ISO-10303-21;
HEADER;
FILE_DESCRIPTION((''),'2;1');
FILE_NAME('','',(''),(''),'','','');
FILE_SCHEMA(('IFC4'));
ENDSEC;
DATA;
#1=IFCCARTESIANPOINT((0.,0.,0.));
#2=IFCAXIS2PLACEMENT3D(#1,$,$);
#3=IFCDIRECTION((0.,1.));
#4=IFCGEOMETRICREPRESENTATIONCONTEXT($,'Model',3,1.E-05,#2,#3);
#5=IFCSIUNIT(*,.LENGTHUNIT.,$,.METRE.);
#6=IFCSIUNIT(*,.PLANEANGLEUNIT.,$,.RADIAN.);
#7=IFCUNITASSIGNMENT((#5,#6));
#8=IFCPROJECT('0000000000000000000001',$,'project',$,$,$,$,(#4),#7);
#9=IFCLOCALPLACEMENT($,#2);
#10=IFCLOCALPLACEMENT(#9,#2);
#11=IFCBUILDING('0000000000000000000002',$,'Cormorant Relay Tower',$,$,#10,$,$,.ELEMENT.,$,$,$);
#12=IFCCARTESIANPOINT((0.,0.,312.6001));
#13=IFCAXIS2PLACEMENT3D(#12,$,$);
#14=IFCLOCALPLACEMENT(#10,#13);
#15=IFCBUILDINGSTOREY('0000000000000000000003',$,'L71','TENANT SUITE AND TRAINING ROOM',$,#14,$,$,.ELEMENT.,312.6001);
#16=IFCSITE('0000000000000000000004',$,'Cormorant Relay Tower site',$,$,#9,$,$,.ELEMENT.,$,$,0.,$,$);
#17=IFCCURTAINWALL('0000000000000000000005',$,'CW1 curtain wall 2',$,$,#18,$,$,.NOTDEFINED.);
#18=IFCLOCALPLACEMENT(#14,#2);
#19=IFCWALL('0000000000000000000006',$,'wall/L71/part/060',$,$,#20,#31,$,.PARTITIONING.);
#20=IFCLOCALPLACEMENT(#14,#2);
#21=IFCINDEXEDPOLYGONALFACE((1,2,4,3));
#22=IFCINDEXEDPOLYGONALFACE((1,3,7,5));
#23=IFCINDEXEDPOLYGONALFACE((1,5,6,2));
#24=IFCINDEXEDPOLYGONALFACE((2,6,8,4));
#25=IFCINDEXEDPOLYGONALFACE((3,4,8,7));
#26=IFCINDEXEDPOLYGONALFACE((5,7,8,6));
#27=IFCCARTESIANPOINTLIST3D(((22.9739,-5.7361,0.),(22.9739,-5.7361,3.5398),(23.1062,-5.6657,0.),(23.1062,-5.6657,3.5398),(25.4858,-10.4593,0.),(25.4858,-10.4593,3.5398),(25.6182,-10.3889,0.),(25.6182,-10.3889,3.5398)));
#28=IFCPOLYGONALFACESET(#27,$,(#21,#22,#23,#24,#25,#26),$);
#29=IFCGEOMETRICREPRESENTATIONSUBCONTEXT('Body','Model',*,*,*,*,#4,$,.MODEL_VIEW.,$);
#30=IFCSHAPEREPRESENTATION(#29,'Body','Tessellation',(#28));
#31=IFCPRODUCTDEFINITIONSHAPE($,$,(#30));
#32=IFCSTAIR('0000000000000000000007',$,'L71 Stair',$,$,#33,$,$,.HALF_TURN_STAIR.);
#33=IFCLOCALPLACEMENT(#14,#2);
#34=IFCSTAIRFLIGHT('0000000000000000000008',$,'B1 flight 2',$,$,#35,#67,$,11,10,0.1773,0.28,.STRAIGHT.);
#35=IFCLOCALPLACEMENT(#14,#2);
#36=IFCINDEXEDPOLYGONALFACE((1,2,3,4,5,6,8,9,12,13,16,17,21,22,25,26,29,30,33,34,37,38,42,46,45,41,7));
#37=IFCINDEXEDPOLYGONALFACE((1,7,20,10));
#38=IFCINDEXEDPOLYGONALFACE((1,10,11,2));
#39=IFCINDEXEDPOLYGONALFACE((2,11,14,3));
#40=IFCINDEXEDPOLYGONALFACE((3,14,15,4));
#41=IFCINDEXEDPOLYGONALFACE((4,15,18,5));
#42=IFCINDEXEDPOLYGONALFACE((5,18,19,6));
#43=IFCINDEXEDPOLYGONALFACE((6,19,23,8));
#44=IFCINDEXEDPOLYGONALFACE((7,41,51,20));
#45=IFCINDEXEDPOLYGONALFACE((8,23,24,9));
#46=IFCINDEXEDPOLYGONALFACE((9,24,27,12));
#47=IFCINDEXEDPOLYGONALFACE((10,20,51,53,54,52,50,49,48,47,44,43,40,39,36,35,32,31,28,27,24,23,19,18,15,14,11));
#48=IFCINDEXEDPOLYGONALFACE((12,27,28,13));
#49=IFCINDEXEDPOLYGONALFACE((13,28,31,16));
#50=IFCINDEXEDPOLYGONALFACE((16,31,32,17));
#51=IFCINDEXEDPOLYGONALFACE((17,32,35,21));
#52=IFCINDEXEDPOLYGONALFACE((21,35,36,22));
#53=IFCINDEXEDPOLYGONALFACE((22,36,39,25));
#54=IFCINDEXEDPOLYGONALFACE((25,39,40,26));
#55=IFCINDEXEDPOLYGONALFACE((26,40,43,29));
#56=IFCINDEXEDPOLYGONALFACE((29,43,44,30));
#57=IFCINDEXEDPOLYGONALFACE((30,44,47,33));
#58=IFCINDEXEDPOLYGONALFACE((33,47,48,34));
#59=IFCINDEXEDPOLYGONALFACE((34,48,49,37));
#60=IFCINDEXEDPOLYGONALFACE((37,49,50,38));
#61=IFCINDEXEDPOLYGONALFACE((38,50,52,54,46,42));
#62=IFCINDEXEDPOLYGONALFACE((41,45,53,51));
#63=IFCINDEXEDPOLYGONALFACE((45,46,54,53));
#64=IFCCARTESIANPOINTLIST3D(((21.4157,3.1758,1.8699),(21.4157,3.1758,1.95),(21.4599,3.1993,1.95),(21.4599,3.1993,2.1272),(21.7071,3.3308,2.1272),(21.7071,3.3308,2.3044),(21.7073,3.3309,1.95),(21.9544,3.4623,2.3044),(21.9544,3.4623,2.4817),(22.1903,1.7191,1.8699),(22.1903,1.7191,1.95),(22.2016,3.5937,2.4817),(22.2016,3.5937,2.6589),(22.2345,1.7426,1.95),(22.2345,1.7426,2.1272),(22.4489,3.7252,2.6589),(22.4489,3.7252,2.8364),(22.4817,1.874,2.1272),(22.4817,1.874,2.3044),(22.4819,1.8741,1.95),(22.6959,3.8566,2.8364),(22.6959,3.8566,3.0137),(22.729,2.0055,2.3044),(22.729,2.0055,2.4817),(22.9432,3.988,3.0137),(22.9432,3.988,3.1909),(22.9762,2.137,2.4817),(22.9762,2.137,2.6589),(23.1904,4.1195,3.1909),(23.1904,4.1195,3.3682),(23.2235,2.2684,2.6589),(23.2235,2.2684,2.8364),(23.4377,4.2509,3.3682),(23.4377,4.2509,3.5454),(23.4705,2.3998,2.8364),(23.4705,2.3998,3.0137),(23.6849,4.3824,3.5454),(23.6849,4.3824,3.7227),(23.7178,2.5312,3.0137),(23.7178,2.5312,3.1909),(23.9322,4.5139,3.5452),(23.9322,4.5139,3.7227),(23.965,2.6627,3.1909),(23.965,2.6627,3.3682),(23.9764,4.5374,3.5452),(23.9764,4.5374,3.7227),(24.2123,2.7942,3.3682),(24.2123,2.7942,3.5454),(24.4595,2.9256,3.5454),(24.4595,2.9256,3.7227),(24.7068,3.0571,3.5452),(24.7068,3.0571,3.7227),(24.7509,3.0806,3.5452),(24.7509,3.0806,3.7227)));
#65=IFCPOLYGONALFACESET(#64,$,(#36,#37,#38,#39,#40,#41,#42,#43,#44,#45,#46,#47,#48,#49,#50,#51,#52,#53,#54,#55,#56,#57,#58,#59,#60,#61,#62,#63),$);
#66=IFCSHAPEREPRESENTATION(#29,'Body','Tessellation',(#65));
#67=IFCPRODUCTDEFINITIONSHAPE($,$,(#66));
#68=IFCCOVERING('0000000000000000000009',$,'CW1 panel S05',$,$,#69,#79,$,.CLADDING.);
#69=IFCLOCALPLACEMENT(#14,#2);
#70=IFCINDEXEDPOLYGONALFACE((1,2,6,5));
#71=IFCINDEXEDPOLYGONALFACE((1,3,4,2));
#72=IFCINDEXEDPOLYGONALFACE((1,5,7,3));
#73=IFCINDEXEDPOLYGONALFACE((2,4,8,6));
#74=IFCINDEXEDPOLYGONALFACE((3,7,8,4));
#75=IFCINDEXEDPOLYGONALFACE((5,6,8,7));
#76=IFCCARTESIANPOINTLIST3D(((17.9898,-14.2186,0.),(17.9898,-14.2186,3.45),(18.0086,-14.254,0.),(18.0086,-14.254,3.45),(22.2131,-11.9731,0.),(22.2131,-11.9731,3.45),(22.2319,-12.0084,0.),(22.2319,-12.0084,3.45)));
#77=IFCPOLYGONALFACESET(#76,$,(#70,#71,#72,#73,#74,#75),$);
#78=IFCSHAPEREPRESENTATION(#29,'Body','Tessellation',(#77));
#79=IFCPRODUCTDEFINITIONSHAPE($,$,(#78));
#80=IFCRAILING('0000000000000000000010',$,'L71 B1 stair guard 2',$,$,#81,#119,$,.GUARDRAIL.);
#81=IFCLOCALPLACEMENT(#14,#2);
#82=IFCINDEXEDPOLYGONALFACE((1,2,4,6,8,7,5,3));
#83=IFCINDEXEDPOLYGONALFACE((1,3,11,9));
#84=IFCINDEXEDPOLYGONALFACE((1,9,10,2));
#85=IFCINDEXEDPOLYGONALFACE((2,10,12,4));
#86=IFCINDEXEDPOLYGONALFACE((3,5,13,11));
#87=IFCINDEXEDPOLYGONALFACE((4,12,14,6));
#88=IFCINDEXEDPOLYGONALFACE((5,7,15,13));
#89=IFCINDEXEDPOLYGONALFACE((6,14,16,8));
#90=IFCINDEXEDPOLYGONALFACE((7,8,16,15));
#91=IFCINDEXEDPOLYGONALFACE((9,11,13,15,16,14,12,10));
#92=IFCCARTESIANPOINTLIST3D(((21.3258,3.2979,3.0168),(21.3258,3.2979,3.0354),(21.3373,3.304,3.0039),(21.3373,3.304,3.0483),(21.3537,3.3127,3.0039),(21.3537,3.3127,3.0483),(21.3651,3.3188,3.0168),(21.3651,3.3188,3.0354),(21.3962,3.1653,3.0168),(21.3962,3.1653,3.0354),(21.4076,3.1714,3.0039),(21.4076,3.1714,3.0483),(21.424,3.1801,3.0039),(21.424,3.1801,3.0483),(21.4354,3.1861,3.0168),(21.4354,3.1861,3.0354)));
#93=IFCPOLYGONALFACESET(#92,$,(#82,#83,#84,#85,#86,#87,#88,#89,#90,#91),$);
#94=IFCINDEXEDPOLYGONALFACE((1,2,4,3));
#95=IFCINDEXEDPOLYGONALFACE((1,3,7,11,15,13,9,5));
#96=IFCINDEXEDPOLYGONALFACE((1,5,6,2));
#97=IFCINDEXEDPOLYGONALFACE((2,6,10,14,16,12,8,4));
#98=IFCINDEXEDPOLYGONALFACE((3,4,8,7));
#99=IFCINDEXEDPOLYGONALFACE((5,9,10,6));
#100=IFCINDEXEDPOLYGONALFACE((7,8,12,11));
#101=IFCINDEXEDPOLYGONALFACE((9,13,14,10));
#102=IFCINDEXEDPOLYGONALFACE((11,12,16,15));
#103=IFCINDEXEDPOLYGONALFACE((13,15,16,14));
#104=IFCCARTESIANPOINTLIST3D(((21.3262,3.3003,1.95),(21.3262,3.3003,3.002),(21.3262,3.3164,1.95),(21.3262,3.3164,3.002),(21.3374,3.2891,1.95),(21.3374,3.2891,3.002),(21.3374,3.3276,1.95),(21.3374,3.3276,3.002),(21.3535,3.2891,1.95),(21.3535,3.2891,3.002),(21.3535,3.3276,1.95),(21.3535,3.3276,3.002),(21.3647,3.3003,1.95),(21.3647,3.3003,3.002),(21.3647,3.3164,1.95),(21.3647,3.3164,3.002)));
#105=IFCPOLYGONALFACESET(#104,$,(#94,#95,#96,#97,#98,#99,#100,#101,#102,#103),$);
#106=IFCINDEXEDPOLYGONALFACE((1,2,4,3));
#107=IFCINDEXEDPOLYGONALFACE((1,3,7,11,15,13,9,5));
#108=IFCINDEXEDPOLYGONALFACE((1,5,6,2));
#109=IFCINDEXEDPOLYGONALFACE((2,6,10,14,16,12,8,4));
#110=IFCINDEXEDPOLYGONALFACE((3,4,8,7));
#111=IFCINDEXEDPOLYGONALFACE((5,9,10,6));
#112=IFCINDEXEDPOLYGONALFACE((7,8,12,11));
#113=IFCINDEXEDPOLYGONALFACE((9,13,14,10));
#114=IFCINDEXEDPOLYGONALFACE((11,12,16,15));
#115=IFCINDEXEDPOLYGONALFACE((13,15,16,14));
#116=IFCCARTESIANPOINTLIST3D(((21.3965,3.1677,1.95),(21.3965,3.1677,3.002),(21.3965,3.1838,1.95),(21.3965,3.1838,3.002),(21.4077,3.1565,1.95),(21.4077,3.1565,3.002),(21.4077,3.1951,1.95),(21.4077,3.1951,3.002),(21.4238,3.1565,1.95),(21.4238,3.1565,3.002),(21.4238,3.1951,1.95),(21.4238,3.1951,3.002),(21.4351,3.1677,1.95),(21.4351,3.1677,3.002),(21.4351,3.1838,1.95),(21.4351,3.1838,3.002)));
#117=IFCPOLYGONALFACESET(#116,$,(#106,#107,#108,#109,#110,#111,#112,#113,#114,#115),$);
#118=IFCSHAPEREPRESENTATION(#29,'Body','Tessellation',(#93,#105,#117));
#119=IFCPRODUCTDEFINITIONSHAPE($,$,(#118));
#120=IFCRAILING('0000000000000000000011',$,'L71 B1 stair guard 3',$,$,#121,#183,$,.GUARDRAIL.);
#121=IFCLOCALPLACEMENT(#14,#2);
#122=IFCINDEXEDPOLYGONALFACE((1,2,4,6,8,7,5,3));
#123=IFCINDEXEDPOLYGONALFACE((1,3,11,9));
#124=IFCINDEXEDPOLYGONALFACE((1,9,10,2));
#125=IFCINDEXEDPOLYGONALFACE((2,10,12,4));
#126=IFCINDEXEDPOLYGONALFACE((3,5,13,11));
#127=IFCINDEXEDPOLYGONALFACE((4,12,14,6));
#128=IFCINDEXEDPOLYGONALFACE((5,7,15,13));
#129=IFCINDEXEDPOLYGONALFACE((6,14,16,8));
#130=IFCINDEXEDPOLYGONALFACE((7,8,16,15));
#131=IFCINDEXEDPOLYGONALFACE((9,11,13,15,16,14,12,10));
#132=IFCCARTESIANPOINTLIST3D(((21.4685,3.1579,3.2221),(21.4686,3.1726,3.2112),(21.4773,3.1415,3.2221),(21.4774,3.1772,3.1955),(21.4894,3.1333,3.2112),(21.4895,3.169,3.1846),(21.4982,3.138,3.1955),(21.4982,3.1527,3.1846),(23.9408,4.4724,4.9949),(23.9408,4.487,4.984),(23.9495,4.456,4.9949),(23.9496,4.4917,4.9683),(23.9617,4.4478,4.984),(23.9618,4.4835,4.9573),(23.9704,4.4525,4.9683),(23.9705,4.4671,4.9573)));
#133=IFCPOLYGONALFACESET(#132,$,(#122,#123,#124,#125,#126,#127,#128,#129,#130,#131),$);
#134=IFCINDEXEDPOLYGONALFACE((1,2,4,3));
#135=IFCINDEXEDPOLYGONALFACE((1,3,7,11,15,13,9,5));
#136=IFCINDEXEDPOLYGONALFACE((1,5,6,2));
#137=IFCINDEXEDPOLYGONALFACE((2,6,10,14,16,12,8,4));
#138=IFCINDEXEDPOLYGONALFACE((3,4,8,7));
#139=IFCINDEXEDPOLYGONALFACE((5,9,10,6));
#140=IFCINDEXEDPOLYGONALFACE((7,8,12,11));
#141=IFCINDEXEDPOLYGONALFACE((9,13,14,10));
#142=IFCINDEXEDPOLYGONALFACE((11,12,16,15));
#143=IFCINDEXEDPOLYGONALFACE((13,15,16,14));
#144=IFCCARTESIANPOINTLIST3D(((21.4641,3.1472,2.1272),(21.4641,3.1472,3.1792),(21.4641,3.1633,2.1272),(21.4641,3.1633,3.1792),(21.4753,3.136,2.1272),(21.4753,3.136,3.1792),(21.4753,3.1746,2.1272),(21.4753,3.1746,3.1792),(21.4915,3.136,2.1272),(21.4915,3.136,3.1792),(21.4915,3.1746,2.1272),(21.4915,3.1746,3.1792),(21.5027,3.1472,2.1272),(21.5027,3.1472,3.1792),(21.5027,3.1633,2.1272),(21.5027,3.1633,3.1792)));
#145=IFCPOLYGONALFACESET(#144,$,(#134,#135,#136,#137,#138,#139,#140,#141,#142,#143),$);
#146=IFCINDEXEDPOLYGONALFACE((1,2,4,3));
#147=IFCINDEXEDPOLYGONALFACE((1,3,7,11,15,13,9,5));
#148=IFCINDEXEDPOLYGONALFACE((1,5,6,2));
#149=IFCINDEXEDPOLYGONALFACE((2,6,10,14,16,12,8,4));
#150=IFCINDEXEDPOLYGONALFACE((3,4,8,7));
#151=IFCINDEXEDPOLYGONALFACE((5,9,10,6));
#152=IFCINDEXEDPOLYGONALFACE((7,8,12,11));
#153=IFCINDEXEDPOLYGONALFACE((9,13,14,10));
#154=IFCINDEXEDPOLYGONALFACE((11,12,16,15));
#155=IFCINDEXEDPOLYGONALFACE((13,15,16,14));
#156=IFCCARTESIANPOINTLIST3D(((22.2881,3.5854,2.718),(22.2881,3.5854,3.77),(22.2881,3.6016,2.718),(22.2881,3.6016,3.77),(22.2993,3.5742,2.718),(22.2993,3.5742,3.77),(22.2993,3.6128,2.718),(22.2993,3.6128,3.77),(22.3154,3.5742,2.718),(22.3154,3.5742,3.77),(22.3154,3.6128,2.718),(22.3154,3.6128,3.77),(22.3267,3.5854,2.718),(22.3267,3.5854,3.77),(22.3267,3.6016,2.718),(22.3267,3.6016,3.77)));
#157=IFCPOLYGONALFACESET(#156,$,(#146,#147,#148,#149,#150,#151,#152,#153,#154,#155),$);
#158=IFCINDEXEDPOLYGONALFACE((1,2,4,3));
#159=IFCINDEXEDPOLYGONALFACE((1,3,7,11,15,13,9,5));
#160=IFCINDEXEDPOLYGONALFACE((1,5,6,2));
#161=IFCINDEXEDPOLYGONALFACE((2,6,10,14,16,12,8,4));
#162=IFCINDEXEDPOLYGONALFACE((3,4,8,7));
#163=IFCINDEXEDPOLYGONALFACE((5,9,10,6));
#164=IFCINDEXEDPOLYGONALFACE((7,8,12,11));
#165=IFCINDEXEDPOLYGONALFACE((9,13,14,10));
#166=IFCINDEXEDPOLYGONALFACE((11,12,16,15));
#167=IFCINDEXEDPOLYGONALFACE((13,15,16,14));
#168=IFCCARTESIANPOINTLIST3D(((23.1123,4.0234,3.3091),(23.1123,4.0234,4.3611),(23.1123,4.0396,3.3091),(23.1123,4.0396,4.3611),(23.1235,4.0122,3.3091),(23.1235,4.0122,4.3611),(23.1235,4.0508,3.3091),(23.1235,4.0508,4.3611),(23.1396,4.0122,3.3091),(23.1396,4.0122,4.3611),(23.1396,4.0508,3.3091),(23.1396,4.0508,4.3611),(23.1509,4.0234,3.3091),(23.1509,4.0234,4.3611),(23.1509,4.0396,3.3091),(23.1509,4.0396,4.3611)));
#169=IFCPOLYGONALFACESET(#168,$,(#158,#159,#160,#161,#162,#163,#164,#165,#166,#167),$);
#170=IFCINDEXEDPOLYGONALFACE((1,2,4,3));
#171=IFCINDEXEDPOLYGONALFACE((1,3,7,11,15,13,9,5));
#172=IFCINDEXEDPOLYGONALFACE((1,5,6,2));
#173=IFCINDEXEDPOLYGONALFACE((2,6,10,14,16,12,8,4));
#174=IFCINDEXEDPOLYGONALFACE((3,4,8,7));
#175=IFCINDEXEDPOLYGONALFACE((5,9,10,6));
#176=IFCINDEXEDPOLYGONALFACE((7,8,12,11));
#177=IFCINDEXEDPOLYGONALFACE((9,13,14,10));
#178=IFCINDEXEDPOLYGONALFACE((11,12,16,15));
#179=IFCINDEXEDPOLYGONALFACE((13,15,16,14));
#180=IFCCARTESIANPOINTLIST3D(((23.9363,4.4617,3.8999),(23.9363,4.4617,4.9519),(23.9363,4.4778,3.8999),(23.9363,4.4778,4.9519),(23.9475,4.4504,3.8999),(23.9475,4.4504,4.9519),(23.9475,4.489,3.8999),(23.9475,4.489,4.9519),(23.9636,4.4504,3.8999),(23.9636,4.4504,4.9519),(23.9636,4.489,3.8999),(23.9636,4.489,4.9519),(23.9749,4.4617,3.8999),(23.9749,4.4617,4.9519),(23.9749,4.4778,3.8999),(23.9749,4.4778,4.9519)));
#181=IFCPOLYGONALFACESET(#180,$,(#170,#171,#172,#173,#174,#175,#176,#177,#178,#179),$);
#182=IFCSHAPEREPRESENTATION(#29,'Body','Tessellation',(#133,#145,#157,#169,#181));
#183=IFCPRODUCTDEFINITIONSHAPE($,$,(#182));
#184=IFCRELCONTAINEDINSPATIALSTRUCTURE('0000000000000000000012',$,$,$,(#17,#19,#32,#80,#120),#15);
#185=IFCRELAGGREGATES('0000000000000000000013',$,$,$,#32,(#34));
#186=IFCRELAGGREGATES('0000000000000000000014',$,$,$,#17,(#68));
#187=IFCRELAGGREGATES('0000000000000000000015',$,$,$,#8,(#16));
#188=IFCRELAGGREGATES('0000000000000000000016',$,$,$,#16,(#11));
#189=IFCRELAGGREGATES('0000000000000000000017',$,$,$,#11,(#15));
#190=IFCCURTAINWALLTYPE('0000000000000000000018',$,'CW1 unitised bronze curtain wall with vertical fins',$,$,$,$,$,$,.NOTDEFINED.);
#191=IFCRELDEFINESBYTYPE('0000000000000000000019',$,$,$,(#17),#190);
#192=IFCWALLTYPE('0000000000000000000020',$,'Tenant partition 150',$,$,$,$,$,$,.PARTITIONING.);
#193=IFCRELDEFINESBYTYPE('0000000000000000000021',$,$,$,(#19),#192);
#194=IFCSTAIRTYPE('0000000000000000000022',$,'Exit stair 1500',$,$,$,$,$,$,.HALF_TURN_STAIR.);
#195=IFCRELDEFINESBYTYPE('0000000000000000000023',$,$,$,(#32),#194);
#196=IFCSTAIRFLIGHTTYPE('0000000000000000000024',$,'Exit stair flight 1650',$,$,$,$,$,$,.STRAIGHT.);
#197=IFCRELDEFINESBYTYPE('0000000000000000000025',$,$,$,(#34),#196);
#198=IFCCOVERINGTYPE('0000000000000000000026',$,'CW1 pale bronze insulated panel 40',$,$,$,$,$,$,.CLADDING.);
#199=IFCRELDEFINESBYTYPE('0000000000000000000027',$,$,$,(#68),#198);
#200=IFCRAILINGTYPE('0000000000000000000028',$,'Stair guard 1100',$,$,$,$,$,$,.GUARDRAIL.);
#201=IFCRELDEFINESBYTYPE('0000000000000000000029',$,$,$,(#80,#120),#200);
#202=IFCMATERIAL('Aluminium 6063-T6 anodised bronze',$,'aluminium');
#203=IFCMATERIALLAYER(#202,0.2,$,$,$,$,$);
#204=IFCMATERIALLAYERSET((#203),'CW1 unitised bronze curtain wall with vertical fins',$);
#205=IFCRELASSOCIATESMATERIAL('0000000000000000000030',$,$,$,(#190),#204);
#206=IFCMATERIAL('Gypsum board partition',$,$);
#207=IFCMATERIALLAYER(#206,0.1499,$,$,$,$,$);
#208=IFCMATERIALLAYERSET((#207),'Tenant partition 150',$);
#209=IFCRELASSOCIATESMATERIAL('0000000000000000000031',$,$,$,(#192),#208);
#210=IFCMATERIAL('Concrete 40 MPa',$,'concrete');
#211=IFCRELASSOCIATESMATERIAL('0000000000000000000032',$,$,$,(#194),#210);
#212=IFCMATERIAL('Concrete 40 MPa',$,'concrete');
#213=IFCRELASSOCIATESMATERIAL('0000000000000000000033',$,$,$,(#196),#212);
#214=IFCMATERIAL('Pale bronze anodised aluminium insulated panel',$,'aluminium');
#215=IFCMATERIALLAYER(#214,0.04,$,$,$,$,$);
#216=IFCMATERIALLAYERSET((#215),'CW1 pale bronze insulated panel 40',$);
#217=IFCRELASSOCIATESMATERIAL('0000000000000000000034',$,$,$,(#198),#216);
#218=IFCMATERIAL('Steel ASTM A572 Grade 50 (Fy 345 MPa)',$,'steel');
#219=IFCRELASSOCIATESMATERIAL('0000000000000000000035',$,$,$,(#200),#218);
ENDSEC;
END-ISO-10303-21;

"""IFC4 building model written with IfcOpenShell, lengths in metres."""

from ifc_helpers import new_model, si_unit, direction, frame, frame_2d, origin, origin_2d, place, context, subcontext, project, spatial, polyline, rectangle, outline, extrude, material, layer, layer_set, type_object, element, aggregate, save


model = new_model("IFC4")

# Units and contexts
model_context = context("Model", 3, precision=1e-05, world=origin(), true_north=direction((0.0, 1.0)))
body_context = subcontext(model_context, "Body", "Model", "MODEL_VIEW")
ifc_project = project(units=[si_unit("LENGTHUNIT", "METRE"), si_unit("PLANEANGLEUNIT", "RADIAN")], contexts=[model_context])

# Site, building, storey
site_placement = place(None, origin())
site = spatial("IfcSite", under=ifc_project, at=site_placement, Name="Cormorant Relay Tower site", CompositionType="ELEMENT", RefElevation=0.0)
building_placement = place(site_placement, origin())
building = spatial("IfcBuilding", under=site, at=building_placement, Name="Cormorant Relay Tower", CompositionType="ELEMENT")
storey_placement = place(building_placement, frame((0.0, 0.0, 312.6001)))
storey = spatial("IfcBuildingStorey", under=building, at=storey_placement, Name="L71", Description="TENANT SUITE AND TRAINING ROOM", CompositionType="ELEMENT", Elevation=312.6001)

# Curtain wall
ifc_material_1 = material(Name="Aluminium 6063-T6 anodised bronze", Category="aluminium")
ifc_layer_1 = layer(ifc_material_1, 0.2)
ifc_layer_set_1 = layer_set([ifc_layer_1], Name="CW1 unitised bronze curtain wall with vertical fins")
curtain_wall_type = type_object("IfcCurtainWallType", Name="CW1 unitised bronze curtain wall with vertical fins", PredefinedType="NOTDEFINED", material=ifc_layer_set_1)
curtain_wall_placement = place(storey_placement, origin())
curtain_wall = element("IfcCurtainWall", 1, at=curtain_wall_placement, inside=storey, type_object=curtain_wall_type, Name="CW1 curtain wall 2", PredefinedType="NOTDEFINED")

# Wall
ifc_material_2 = material(Name="Gypsum board partition")
ifc_layer_2 = layer(ifc_material_2, 0.1499)
ifc_layer_set_2 = layer_set([ifc_layer_2], Name="Tenant partition 150")
wall_type_1 = type_object("IfcWallType", Name="Tenant partition 150", PredefinedType="PARTITIONING", material=ifc_layer_set_2)
wall_1_placement = place(storey_placement, frame((23.04, -5.7009, 0.0), z_axis=(0.0, 0.0, 1.0), x_axis=(0.469562, -0.882899, 0.0)))
element("IfcWall", 2, at=wall_1_placement, inside=storey, type_object=wall_type_1, Name="wall/L71/part/060", PredefinedType="PARTITIONING", context=body_context, shape_type="SweptSolid", body=[
    extrude(rectangle(XDim=5.3496, YDim=0.1499, at=frame_2d((2.6748, 0.0))), origin(), (0.0, 0.0, 1.0), 3.5398),
])

# Stair, stair flight
ifc_material_3 = material(Name="Concrete 40 MPa", Category="concrete")
stair_type = type_object("IfcStairType", Name="Exit stair 1500", PredefinedType="HALF_TURN_STAIR", material=ifc_material_3)
stair_placement = place(storey_placement, origin())
stair = element("IfcStair", 3, at=stair_placement, inside=storey, type_object=stair_type, Name="L71 Stair", PredefinedType="HALF_TURN_STAIR")
ifc_material_4 = material(Name="Concrete 40 MPa", Category="concrete")
stair_flight_type = type_object("IfcStairFlightType", Name="Exit stair flight 1650", PredefinedType="STRAIGHT", material=ifc_material_4)
stair_flight_placement = place(storey_placement, frame((21.8472, 2.4709, 1.95), z_axis=(0.0, 0.0, 1.0), x_axis=(0.882948, 0.469472, 0.0)))
stair_flight = element("IfcStairFlight", 4, at=stair_flight_placement, type_object=stair_flight_type, Name="B1 flight 2", NumberOfRisers=11, NumberOfTreads=10, PredefinedType="STRAIGHT", RiserHeight=0.1773, TreadLength=0.28, context=body_context, shape_type="SweptSolid", body=[
    extrude(outline(polyline([(-0.05, -0.0801), (-0.05, 0.0), (0.0, 0.0), (0.0, 0.1772), (0.28, 0.1772), (0.28, 0.3545), (0.5601, 0.3545), (0.5601, 0.5317), (0.8401, 0.5317), (0.8401, 0.709), (1.1201, 0.709), (1.1201, 0.8865), (1.3999, 0.8865), (1.3999, 1.0637), (1.6799, 1.0637), (1.6799, 1.241), (1.96, 1.241), (1.96, 1.4182), (2.24, 1.4182), (2.24, 1.5955), (2.52, 1.5955), (2.52, 1.7727), (2.8, 1.7727), (2.8501, 1.7727), (2.8501, 1.5952), (2.8, 1.5952), (0.2803, 0.0), (-0.05, -0.0801)])), frame((0.0, 0.825, 0.0), z_axis=(0.0, -1.0, 0.0), x_axis=(1.0, 0.0, 0.0)), (0.0, 0.0, 1.0), 1.6499),
])
aggregate(stair, [stair_flight])

# Covering
ifc_material_5 = material(Name="Pale bronze anodised aluminium insulated panel", Category="aluminium")
ifc_layer_3 = layer(ifc_material_5, 0.04)
ifc_layer_set_3 = layer_set([ifc_layer_3], Name="CW1 pale bronze insulated panel 40")
covering_type = type_object("IfcCoveringType", Name="CW1 pale bronze insulated panel 40", PredefinedType="CLADDING", material=ifc_layer_set_3)
covering_placement = place(storey_placement, frame((20.1108, -13.1135, 0.0), z_axis=(0.0, 0.0, 1.0), x_axis=(0.882948, 0.469472, 0.0)))
covering = element("IfcCovering", 5, at=covering_placement, type_object=covering_type, Name="CW1 panel S05", PredefinedType="CLADDING", context=body_context, shape_type="SweptSolid", body=[
    extrude(rectangle(XDim=4.7832, YDim=0.04, at=origin_2d()), origin(), (0.0, 0.0, 1.0), 3.45),
])
aggregate(curtain_wall, [covering])

# Railings
ifc_material_6 = material(Name="Steel ASTM A572 Grade 50 (Fy 345 MPa)", Category="steel")
railing_type_1 = type_object("IfcRailingType", Name="Stair guard 1100", PredefinedType="GUARDRAIL", material=ifc_material_6)
railing_1_placement = place(storey_placement, frame((21.3455, 3.3083, 1.95)))
element("IfcRailing", 6, at=railing_1_placement, inside=storey, type_object=railing_type_1, Name="L71 B1 stair guard 2", PredefinedType="GUARDRAIL", context=body_context, shape_type="SweptSolid", body=[
    extrude(outline(polyline([(0.0222, 0.0093), (0.0093, 0.0222), (-0.0093, 0.0222), (-0.0222, 0.0093), (-0.0222, -0.0093), (-0.0093, -0.0222), (0.0093, -0.0222), (0.0222, -0.0093), (0.0222, 0.0093)])), frame((0.0, 0.0, 1.0762), z_axis=(0.46856, -0.883431, 0.0), x_axis=(0.883431, 0.46856, 0.0)), (0.0, 0.0, 1.0), 0.1501),
    extrude(outline(polyline([(0.0193, 0.0081), (0.0081, 0.0193), (-0.0081, 0.0193), (-0.0193, 0.0081), (-0.0193, -0.0081), (-0.0081, -0.0193), (0.0081, -0.0193), (0.0193, -0.0081), (0.0193, 0.0081)])), origin(), (0.0, 0.0, 1.0), 1.052),
    extrude(outline(polyline([(0.0193, 0.0081), (0.0081, 0.0193), (-0.0081, 0.0193), (-0.0193, 0.0081), (-0.0193, -0.0081), (-0.0081, -0.0193), (0.0081, -0.0193), (0.0193, -0.0081), (0.0193, 0.0081)])), frame((0.0703, -0.1326, 0.0)), (0.0, 0.0, 1.0), 1.052),
])
railing_2_placement = place(storey_placement, frame((21.4834, 3.1553, 2.1272)))
element("IfcRailing", 7, at=railing_2_placement, inside=storey, type_object=railing_type_1, Name="L71 B1 stair guard 3", PredefinedType="GUARDRAIL", context=body_context, shape_type="SweptSolid", body=[
    extrude(outline(polyline([(0.0222, 0.0093), (0.0093, 0.0222), (-0.0093, 0.0222), (-0.0222, 0.0093), (-0.0222, -0.0093), (-0.0093, -0.0222), (0.0093, -0.0222), (0.0222, -0.0093), (0.0222, 0.0093)])), frame((0.0, 0.0, 1.0762), z_axis=(0.746001, 0.396649, 0.534931), x_axis=(-0.469465, 0.882951, 0.0)), (0.0, 0.0, 1.0), 3.314),
    extrude(outline(polyline([(0.0193, 0.0081), (0.0081, 0.0193), (-0.0081, 0.0193), (-0.0193, 0.0081), (-0.0193, -0.0081), (-0.0081, -0.0193), (0.0081, -0.0193), (0.0193, -0.0081), (0.0193, 0.0081)])), origin(), (0.0, 0.0, 1.0), 1.052),
    extrude(outline(polyline([(0.0193, 0.0081), (0.0081, 0.0193), (-0.0081, 0.0193), (-0.0193, 0.0081), (-0.0193, -0.0081), (-0.0081, -0.0193), (0.0081, -0.0193), (0.0193, -0.0081), (0.0193, 0.0081)])), frame((0.824, 0.4382, 0.5908)), (0.0, 0.0, 1.0), 1.052),
    extrude(outline(polyline([(0.0193, 0.0081), (0.0081, 0.0193), (-0.0081, 0.0193), (-0.0193, 0.0081), (-0.0193, -0.0081), (-0.0081, -0.0193), (0.0081, -0.0193), (0.0193, -0.0081), (0.0193, 0.0081)])), frame((1.6482, 0.8762, 1.1819)), (0.0, 0.0, 1.0), 1.052),
    extrude(outline(polyline([(0.0193, 0.0081), (0.0081, 0.0193), (-0.0081, 0.0193), (-0.0193, 0.0081), (-0.0193, -0.0081), (-0.0081, -0.0193), (0.0081, -0.0193), (0.0193, -0.0081), (0.0193, 0.0081)])), frame((2.4722, 1.3145, 1.7727)), (0.0, 0.0, 1.0), 1.052),
])

save(model, "model.ifc")
